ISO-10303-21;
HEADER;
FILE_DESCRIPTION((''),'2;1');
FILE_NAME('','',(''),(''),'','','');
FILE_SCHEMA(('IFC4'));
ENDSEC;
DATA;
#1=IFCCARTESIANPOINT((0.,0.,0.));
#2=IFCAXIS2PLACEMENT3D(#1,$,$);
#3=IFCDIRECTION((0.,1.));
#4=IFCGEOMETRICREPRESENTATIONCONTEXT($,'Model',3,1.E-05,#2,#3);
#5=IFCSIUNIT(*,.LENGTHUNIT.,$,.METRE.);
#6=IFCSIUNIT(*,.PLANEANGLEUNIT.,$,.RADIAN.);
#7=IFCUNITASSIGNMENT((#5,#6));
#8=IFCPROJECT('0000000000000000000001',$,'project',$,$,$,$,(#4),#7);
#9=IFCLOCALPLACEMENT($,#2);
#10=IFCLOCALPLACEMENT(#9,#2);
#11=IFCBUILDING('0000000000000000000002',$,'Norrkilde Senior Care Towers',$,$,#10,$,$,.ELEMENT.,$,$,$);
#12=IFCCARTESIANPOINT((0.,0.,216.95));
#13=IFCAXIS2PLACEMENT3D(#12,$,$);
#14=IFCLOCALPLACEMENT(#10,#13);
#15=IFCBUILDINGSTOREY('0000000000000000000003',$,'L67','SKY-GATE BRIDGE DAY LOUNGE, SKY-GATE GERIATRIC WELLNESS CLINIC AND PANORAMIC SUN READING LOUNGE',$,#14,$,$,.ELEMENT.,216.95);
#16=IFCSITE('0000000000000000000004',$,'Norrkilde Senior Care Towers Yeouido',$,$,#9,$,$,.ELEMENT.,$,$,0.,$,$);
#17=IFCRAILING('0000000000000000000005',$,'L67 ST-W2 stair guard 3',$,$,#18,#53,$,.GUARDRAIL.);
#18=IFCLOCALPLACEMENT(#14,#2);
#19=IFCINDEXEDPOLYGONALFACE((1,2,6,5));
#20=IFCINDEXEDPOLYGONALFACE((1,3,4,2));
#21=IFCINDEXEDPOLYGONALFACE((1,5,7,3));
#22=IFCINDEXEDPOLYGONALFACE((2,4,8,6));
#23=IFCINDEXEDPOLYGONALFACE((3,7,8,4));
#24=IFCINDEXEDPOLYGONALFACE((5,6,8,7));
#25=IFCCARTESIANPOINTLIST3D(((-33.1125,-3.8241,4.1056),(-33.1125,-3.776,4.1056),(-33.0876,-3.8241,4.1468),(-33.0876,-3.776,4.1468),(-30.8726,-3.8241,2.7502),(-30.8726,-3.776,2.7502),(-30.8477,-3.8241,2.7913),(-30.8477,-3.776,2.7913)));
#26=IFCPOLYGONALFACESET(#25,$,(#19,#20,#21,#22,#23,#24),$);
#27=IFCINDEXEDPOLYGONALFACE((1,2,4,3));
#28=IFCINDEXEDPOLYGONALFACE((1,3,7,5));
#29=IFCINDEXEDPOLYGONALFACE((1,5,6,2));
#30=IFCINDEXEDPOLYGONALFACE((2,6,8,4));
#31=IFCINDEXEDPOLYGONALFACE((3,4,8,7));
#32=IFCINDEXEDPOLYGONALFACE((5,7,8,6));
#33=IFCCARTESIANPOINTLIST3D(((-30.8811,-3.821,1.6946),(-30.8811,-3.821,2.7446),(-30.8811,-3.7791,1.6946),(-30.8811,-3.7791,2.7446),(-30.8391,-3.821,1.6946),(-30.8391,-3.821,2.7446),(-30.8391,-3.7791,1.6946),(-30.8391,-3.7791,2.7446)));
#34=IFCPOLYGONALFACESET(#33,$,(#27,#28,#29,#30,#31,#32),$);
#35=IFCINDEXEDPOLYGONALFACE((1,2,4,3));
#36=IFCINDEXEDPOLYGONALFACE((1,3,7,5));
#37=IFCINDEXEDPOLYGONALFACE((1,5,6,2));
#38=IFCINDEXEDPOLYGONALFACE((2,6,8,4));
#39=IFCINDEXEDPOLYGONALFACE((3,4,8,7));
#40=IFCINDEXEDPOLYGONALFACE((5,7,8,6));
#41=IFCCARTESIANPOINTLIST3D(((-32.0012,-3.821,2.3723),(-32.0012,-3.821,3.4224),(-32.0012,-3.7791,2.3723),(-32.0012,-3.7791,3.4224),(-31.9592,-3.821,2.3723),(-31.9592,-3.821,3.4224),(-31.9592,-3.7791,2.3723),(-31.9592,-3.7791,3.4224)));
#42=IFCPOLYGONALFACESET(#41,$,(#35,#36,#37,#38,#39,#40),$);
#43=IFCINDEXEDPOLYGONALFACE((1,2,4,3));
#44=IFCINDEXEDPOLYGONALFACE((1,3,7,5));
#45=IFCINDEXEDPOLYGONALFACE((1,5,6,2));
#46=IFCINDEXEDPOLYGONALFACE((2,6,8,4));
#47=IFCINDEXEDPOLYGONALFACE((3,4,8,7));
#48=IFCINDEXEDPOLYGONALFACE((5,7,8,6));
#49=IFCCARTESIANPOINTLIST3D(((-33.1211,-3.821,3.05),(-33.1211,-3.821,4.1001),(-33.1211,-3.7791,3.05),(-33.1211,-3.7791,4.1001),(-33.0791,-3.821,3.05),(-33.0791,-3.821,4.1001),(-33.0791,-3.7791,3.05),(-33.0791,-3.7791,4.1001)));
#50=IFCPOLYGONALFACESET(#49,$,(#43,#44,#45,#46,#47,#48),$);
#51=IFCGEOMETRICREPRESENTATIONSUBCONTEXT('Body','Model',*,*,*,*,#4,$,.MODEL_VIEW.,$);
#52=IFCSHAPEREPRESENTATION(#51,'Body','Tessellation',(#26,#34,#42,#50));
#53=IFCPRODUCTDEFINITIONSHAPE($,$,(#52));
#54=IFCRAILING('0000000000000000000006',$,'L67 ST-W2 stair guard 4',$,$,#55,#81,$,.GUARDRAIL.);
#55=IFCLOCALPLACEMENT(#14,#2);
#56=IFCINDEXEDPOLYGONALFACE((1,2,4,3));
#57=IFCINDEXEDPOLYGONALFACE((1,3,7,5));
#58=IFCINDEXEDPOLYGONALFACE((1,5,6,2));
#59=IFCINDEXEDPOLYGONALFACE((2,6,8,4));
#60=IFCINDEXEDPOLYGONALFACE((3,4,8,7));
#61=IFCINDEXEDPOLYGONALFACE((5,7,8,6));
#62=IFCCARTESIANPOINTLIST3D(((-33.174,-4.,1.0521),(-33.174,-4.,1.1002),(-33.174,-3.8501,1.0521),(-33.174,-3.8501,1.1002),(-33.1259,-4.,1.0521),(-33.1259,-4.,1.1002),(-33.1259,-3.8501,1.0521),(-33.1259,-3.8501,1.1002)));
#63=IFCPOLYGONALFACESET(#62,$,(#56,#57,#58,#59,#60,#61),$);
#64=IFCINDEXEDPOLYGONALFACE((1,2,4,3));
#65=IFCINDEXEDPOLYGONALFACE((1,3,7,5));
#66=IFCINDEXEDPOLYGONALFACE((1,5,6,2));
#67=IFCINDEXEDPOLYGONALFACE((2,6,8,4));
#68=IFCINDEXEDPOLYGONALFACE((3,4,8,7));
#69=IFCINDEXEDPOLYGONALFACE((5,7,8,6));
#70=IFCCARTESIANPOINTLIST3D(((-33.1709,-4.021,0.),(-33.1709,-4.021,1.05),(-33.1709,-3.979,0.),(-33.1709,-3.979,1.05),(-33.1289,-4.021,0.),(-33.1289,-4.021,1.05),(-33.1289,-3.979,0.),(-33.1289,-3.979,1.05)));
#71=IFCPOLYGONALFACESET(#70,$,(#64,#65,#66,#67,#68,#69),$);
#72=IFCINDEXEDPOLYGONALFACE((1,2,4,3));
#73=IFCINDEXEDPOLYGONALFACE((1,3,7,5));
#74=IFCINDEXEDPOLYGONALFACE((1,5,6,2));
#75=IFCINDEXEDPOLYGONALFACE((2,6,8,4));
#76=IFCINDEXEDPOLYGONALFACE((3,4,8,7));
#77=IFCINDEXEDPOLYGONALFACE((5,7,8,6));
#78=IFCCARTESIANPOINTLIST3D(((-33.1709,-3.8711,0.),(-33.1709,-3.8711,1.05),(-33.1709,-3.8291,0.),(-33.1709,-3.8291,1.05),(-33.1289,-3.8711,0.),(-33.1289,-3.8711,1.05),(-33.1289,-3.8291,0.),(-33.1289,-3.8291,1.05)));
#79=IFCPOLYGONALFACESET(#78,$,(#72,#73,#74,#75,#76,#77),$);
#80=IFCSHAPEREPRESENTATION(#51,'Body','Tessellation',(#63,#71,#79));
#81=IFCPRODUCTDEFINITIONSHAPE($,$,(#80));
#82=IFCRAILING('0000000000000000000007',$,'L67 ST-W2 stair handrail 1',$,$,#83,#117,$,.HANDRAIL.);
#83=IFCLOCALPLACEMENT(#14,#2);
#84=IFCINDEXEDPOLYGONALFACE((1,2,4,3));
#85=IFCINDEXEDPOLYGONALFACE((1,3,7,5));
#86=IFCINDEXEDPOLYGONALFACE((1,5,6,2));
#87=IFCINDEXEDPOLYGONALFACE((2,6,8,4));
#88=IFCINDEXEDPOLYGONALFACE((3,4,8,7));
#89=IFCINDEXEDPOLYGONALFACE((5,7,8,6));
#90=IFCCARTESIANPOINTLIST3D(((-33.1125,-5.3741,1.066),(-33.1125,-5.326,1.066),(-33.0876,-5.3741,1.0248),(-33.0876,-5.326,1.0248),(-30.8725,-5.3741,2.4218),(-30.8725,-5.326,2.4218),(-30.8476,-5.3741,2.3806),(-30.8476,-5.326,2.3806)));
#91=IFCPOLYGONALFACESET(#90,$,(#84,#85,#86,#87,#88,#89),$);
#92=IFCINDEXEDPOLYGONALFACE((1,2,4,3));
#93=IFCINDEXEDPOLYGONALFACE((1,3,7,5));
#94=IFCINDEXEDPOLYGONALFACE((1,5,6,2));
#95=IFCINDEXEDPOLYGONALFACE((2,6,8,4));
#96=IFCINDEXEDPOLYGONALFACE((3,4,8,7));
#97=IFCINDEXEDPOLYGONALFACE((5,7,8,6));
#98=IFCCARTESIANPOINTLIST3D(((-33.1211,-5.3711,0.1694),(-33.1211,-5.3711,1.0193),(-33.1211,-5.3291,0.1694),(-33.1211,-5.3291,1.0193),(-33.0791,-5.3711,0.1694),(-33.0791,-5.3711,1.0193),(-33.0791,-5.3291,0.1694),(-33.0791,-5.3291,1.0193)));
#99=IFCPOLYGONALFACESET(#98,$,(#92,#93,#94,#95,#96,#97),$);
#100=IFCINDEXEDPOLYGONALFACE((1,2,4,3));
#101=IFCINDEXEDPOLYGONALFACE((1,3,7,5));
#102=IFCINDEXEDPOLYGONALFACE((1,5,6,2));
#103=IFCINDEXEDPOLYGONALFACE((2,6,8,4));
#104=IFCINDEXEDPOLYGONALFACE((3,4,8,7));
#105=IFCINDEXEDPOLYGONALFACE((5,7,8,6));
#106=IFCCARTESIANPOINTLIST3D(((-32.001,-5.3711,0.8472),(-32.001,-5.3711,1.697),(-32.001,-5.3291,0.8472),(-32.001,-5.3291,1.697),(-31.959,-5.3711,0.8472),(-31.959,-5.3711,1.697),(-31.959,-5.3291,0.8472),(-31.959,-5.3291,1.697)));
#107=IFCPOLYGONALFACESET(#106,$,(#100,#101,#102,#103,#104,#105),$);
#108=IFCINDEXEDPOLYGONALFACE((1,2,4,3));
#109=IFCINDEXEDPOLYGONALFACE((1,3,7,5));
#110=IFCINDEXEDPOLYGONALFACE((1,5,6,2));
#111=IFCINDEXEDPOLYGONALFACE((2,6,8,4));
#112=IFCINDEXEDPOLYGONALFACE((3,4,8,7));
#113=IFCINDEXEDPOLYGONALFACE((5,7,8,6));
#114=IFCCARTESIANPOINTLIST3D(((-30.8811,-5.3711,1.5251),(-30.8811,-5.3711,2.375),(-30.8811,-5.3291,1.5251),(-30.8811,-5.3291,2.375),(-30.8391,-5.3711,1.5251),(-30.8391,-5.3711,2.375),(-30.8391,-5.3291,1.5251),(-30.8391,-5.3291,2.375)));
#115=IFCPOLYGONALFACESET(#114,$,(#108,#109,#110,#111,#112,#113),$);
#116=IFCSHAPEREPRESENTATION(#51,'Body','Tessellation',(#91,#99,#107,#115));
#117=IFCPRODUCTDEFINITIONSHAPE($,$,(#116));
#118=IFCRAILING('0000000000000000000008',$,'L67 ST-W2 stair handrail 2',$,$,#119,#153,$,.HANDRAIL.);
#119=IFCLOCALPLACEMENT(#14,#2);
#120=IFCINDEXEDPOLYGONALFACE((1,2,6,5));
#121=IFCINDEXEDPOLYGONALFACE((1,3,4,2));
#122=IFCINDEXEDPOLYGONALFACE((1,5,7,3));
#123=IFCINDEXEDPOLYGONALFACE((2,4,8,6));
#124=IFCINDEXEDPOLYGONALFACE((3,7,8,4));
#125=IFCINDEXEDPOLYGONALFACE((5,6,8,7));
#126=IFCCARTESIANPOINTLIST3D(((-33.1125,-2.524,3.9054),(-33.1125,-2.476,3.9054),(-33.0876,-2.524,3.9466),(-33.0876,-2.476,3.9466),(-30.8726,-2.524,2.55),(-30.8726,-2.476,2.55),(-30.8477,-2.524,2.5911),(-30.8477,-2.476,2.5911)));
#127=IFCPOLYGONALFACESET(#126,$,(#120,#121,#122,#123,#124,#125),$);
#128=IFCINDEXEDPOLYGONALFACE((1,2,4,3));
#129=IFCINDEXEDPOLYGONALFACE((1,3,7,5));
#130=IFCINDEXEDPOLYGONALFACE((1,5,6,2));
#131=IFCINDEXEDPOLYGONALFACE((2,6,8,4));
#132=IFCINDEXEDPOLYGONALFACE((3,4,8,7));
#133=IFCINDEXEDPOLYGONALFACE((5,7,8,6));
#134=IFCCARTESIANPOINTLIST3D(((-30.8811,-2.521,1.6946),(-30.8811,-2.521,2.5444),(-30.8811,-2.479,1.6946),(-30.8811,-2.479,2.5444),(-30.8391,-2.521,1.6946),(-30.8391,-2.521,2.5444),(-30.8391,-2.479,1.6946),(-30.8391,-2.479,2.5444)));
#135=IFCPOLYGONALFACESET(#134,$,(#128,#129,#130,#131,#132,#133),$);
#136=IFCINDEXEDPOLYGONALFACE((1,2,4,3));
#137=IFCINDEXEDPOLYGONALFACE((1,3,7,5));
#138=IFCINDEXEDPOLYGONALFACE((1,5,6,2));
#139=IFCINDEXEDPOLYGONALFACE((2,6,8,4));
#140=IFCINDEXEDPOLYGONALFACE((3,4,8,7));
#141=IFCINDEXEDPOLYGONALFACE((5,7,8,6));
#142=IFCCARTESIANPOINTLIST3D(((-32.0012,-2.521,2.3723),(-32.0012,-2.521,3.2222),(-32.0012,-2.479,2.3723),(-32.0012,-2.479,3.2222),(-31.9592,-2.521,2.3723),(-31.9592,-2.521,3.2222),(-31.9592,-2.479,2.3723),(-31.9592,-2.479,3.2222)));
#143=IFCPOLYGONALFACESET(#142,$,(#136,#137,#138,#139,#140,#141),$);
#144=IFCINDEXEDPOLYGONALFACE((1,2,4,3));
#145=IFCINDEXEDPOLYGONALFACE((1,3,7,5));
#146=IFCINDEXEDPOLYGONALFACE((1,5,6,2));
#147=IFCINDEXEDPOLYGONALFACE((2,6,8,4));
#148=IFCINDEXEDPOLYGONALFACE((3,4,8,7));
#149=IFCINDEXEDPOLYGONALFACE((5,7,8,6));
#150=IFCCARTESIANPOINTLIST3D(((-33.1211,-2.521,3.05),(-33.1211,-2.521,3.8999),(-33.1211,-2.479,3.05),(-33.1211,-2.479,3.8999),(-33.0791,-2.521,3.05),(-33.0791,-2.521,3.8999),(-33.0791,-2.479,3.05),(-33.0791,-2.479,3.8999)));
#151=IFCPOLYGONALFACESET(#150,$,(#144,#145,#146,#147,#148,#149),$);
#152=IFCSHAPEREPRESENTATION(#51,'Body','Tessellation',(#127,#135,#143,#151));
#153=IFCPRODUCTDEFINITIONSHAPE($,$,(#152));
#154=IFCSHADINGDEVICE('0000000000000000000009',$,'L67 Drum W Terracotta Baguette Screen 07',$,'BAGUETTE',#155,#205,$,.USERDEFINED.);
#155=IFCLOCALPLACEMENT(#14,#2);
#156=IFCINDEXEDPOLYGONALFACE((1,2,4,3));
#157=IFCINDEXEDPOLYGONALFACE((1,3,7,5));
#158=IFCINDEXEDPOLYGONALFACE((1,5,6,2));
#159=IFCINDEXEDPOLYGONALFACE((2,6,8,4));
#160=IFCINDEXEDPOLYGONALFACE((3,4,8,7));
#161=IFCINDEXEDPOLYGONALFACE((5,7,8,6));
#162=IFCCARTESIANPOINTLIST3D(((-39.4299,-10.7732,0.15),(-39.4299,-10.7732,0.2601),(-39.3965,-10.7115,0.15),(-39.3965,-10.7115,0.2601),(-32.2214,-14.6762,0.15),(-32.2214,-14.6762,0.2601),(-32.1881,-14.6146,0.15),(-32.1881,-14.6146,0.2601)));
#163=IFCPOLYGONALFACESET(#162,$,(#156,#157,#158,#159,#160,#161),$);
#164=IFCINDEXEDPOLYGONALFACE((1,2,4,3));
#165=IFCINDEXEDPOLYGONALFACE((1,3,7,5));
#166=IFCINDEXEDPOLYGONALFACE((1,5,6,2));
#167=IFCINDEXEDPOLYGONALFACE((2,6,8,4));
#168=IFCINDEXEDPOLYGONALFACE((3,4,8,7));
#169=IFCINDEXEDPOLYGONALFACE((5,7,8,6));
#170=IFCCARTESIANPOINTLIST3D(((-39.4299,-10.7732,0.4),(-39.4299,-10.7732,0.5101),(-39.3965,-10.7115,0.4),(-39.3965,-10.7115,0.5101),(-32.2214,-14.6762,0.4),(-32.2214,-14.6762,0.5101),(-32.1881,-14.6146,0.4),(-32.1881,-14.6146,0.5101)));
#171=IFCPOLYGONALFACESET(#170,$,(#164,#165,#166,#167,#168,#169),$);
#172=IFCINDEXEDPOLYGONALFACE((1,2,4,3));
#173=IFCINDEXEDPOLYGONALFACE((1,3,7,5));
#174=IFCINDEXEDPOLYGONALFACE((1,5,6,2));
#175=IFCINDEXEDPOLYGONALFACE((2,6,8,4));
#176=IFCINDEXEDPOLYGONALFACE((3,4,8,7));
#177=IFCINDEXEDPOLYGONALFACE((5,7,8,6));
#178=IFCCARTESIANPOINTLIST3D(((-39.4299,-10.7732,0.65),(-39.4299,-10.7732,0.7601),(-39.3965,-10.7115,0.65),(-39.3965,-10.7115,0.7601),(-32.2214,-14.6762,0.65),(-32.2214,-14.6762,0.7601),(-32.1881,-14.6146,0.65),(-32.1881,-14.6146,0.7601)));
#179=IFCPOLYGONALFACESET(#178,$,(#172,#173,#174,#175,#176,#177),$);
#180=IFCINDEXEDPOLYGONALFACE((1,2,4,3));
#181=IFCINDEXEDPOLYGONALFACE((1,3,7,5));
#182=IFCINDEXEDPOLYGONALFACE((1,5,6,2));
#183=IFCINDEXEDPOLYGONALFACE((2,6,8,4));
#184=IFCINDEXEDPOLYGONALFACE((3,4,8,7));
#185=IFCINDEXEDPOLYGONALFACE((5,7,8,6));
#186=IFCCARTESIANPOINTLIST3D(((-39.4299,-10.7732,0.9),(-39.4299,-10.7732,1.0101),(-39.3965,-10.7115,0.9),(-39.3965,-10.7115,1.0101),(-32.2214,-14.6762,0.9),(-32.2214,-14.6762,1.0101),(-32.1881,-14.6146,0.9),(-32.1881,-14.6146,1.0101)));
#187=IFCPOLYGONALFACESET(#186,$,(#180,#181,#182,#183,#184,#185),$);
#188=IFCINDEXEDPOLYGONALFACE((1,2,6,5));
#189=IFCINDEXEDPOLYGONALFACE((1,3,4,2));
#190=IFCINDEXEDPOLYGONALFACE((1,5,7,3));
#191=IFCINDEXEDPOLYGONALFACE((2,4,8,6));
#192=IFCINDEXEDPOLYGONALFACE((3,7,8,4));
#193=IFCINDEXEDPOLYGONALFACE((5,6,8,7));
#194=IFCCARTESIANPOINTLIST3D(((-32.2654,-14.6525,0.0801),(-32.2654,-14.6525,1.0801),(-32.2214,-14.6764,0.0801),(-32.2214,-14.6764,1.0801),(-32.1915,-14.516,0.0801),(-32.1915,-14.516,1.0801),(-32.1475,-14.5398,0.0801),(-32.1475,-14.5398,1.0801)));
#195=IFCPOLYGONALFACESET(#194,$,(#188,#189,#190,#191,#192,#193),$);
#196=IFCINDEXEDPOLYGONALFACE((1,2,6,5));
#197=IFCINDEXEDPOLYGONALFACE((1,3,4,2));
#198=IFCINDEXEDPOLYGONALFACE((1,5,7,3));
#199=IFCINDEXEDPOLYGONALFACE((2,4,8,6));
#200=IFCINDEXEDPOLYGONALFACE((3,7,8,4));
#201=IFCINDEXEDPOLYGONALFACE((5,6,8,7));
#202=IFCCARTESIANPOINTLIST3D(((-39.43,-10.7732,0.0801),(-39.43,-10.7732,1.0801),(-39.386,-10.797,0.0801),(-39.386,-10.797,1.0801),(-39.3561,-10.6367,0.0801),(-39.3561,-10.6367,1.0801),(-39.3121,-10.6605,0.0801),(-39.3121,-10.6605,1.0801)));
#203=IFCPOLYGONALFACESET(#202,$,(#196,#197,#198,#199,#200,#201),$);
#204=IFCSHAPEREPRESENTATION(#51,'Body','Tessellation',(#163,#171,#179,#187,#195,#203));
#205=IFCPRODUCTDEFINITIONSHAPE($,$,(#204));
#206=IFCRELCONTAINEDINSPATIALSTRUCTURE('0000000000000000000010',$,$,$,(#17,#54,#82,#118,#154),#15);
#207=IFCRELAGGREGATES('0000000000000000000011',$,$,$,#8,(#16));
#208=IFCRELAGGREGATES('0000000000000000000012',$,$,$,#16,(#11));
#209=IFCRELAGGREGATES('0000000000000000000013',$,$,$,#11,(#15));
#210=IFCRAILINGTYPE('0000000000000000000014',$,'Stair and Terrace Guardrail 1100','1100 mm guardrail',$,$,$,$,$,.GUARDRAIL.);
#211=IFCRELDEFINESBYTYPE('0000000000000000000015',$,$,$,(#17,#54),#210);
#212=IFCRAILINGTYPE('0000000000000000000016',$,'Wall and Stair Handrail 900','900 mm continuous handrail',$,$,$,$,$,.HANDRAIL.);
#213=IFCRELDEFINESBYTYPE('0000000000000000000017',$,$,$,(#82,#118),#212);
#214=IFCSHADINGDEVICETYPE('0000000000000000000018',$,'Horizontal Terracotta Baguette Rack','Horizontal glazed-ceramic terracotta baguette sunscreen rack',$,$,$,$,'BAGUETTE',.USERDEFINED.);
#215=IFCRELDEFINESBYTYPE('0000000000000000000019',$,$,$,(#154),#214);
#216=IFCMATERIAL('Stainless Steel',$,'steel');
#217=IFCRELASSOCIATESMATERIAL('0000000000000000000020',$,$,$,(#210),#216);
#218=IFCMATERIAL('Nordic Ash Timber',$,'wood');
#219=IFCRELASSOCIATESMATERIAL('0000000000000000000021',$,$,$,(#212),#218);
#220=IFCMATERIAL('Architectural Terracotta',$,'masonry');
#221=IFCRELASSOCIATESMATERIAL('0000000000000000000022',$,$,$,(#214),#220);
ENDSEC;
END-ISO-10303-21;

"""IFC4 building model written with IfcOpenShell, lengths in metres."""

from ifc_helpers import new_model, si_unit, direction, frame, origin, origin_2d, place, context, subcontext, project, spatial, rectangle, extrude, source, transform, mapped, material, type_object, type_shapes, element, save


model = new_model("IFC4")

# Units and contexts
model_context = context("Model", 3, precision=1e-05, world=origin(), true_north=direction((0.0, 1.0)))
body_context = subcontext(model_context, "Body", "Model", "MODEL_VIEW")
ifc_project = project(units=[si_unit("LENGTHUNIT", "METRE"), si_unit("PLANEANGLEUNIT", "RADIAN")], contexts=[model_context])

# Site, building, storey
site_placement = place(None, origin())
site = spatial("IfcSite", under=ifc_project, at=site_placement, Name="Norrkilde Senior Care Towers Yeouido", CompositionType="ELEMENT", RefElevation=0.0)
building_placement = place(site_placement, origin())
building = spatial("IfcBuilding", under=site, at=building_placement, Name="Norrkilde Senior Care Towers", CompositionType="ELEMENT")
storey_placement = place(building_placement, frame((0.0, 0.0, 216.95)))
storey = spatial("IfcBuildingStorey", under=building, at=storey_placement, Name="L67", Description="SKY-GATE BRIDGE DAY LOUNGE, SKY-GATE GERIATRIC WELLNESS CLINIC AND PANORAMIC SUN READING LOUNGE", CompositionType="ELEMENT", Elevation=216.95)

# Shared definitions
ifc_material_1 = material(Name="Stainless Steel", Category="steel")

# Railings
railing_type_1 = type_object("IfcRailingType", Name="Stair and Terrace Guardrail 1100", Description="1100 mm guardrail", PredefinedType="GUARDRAIL", material=ifc_material_1)
railing_1_placement = place(storey_placement, frame((-30.8601, -3.8, 1.6946)))
element("IfcRailing", 1, at=railing_1_placement, inside=storey, type_object=railing_type_1, Name="L67 ST-W2 stair guard 3", PredefinedType="GUARDRAIL", context=body_context, shape_type="SweptSolid", body=[
    extrude(rectangle(XDim=0.0481, YDim=0.0481, at=origin_2d()), frame((0.0, 0.0, 1.0762), z_axis=(-0.855553, 0.0, 0.517715), x_axis=(0.0, -1.0, 0.0)), (0.0, 0.0, 1.0), 2.6182),
    extrude(rectangle(XDim=0.042, YDim=0.042, at=origin_2d()), origin(), (0.0, 0.0, 1.0), 1.05),
    extrude(rectangle(XDim=0.042, YDim=0.042, at=origin_2d()), frame((-1.1201, 0.0, 0.6777)), (0.0, 0.0, 1.0), 1.05),
    extrude(rectangle(XDim=0.042, YDim=0.042, at=origin_2d()), frame((-2.24, 0.0, 1.3555)), (0.0, 0.0, 1.0), 1.05),
])
railing_2_placement = place(storey_placement, frame((-33.1499, -4.0, 0.0)))
element("IfcRailing", 2, at=railing_2_placement, inside=storey, type_object=railing_type_1, Name="L67 ST-W2 stair guard 4", PredefinedType="GUARDRAIL", context=body_context, shape_type="SweptSolid", body=[
    extrude(rectangle(XDim=0.0481, YDim=0.0481, at=origin_2d()), frame((0.0, 0.0, 1.0762), z_axis=(0.0, 1.0, 0.0), x_axis=(-1.0, 0.0, 0.0)), (0.0, 0.0, 1.0), 0.1499),
    extrude(rectangle(XDim=0.042, YDim=0.042, at=origin_2d()), origin(), (0.0, 0.0, 1.0), 1.05),
    extrude(rectangle(XDim=0.042, YDim=0.042, at=origin_2d()), frame((0.0, 0.1499, 0.0)), (0.0, 0.0, 1.0), 1.05),
])
ifc_material_2 = material(Name="Nordic Ash Timber", Category="wood")
railing_type_2 = type_object("IfcRailingType", Name="Wall and Stair Handrail 900", Description="900 mm continuous handrail", PredefinedType="HANDRAIL", material=ifc_material_2)
railing_3_placement = place(storey_placement, frame((-33.1001, -5.3501, 0.1694)))
element("IfcRailing", 3, at=railing_3_placement, inside=storey, type_object=railing_type_2, Name="L67 ST-W2 stair handrail 1", PredefinedType="HANDRAIL", context=body_context, shape_type="SweptSolid", body=[
    extrude(rectangle(XDim=0.0481, YDim=0.0481, at=origin_2d()), frame((0.0, 0.0, 0.876), z_axis=(0.855512, 0.0, 0.517783), x_axis=(0.0, 1.0, 0.0)), (0.0, 0.0, 1.0), 2.6184),
    extrude(rectangle(XDim=0.042, YDim=0.042, at=origin_2d()), origin(), (0.0, 0.0, 1.0), 0.8499),
    extrude(rectangle(XDim=0.042, YDim=0.042, at=origin_2d()), frame((1.1201, 0.0, 0.6777)), (0.0, 0.0, 1.0), 0.8499),
    extrude(rectangle(XDim=0.042, YDim=0.042, at=origin_2d()), frame((2.24, 0.0, 1.3557)), (0.0, 0.0, 1.0), 0.8499),
])
railing_4_placement = place(storey_placement, frame((-30.8601, -2.5, 1.6946)))
element("IfcRailing", 4, at=railing_4_placement, inside=storey, type_object=railing_type_2, Name="L67 ST-W2 stair handrail 2", PredefinedType="HANDRAIL", context=body_context, shape_type="SweptSolid", body=[
    extrude(rectangle(XDim=0.0481, YDim=0.0481, at=origin_2d()), frame((0.0, 0.0, 0.876), z_axis=(-0.855553, 0.0, 0.517715), x_axis=(0.0, -1.0, 0.0)), (0.0, 0.0, 1.0), 2.6182),
    extrude(rectangle(XDim=0.042, YDim=0.042, at=origin_2d()), origin(), (0.0, 0.0, 1.0), 0.8499),
    extrude(rectangle(XDim=0.042, YDim=0.042, at=origin_2d()), frame((-1.1201, 0.0, 0.6777)), (0.0, 0.0, 1.0), 0.8499),
    extrude(rectangle(XDim=0.042, YDim=0.042, at=origin_2d()), frame((-2.24, 0.0, 1.3555)), (0.0, 0.0, 1.0), 0.8499),
])

# Shading device
ifc_material_3 = material(Name="Architectural Terracotta", Category="masonry")
shading_device_type = type_object("IfcShadingDeviceType", Name="Horizontal Terracotta Baguette Rack", Description="Horizontal glazed-ceramic terracotta baguette sunscreen rack", ElementType="BAGUETTE", PredefinedType="USERDEFINED", material=ifc_material_3)
shared_shape_1 = source(origin(), body_context, "Body", "SweptSolid", [
    extrude(rectangle(XDim=0.0701, YDim=0.1101, at=origin_2d()), frame((0.0, 0.0901, 0.125), z_axis=(1.0, 0.0, 0.0), x_axis=(0.0, 1.0, 0.0)), (0.0, 0.0, 1.0), 8.1973),
    extrude(rectangle(XDim=0.0701, YDim=0.1101, at=origin_2d()), frame((0.0, 0.0901, 0.375), z_axis=(1.0, 0.0, 0.0), x_axis=(0.0, 1.0, 0.0)), (0.0, 0.0, 1.0), 8.1973),
    extrude(rectangle(XDim=0.0701, YDim=0.1101, at=origin_2d()), frame((0.0, 0.0901, 0.625), z_axis=(1.0, 0.0, 0.0), x_axis=(0.0, 1.0, 0.0)), (0.0, 0.0, 1.0), 8.1973),
    extrude(rectangle(XDim=0.0701, YDim=0.1101, at=origin_2d()), frame((0.0, 0.0901, 0.875), z_axis=(1.0, 0.0, 0.0), x_axis=(0.0, 1.0, 0.0)), (0.0, 0.0, 1.0), 8.1973),
    extrude(rectangle(XDim=0.05, YDim=0.1553, at=origin_2d()), frame((0.0249, 0.0476, 0.0)), (0.0, 0.0, 1.0), 1.0),
    extrude(rectangle(XDim=0.05, YDim=0.1553, at=origin_2d()), frame((8.1724, 0.0476, 0.0)), (0.0, 0.0, 1.0), 1.0),
])
type_shapes(shading_device_type, [shared_shape_1])
shading_device_placement = place(storey_placement, frame((-32.1619, -14.5662, 0.0801), z_axis=(0.0, 0.0, 1.0), x_axis=(-0.879378, 0.476144, 0.0)))
element("IfcShadingDevice", 5, at=shading_device_placement, inside=storey, type_object=shading_device_type, Name="L67 Drum W Terracotta Baguette Screen 07", ObjectType="BAGUETTE", PredefinedType="USERDEFINED", context=body_context, shape_type="MappedRepresentation", body=[
    mapped(shared_shape_1, transform((0.0, 0.0, 0.0), x_axis=(1.0, 0.0, 0.0), y_axis=(0.0, 1.0, 0.0), z_axis=(0.0, 0.0, 1.0), scale=1.0)),
])

save(model, "model.ifc")
